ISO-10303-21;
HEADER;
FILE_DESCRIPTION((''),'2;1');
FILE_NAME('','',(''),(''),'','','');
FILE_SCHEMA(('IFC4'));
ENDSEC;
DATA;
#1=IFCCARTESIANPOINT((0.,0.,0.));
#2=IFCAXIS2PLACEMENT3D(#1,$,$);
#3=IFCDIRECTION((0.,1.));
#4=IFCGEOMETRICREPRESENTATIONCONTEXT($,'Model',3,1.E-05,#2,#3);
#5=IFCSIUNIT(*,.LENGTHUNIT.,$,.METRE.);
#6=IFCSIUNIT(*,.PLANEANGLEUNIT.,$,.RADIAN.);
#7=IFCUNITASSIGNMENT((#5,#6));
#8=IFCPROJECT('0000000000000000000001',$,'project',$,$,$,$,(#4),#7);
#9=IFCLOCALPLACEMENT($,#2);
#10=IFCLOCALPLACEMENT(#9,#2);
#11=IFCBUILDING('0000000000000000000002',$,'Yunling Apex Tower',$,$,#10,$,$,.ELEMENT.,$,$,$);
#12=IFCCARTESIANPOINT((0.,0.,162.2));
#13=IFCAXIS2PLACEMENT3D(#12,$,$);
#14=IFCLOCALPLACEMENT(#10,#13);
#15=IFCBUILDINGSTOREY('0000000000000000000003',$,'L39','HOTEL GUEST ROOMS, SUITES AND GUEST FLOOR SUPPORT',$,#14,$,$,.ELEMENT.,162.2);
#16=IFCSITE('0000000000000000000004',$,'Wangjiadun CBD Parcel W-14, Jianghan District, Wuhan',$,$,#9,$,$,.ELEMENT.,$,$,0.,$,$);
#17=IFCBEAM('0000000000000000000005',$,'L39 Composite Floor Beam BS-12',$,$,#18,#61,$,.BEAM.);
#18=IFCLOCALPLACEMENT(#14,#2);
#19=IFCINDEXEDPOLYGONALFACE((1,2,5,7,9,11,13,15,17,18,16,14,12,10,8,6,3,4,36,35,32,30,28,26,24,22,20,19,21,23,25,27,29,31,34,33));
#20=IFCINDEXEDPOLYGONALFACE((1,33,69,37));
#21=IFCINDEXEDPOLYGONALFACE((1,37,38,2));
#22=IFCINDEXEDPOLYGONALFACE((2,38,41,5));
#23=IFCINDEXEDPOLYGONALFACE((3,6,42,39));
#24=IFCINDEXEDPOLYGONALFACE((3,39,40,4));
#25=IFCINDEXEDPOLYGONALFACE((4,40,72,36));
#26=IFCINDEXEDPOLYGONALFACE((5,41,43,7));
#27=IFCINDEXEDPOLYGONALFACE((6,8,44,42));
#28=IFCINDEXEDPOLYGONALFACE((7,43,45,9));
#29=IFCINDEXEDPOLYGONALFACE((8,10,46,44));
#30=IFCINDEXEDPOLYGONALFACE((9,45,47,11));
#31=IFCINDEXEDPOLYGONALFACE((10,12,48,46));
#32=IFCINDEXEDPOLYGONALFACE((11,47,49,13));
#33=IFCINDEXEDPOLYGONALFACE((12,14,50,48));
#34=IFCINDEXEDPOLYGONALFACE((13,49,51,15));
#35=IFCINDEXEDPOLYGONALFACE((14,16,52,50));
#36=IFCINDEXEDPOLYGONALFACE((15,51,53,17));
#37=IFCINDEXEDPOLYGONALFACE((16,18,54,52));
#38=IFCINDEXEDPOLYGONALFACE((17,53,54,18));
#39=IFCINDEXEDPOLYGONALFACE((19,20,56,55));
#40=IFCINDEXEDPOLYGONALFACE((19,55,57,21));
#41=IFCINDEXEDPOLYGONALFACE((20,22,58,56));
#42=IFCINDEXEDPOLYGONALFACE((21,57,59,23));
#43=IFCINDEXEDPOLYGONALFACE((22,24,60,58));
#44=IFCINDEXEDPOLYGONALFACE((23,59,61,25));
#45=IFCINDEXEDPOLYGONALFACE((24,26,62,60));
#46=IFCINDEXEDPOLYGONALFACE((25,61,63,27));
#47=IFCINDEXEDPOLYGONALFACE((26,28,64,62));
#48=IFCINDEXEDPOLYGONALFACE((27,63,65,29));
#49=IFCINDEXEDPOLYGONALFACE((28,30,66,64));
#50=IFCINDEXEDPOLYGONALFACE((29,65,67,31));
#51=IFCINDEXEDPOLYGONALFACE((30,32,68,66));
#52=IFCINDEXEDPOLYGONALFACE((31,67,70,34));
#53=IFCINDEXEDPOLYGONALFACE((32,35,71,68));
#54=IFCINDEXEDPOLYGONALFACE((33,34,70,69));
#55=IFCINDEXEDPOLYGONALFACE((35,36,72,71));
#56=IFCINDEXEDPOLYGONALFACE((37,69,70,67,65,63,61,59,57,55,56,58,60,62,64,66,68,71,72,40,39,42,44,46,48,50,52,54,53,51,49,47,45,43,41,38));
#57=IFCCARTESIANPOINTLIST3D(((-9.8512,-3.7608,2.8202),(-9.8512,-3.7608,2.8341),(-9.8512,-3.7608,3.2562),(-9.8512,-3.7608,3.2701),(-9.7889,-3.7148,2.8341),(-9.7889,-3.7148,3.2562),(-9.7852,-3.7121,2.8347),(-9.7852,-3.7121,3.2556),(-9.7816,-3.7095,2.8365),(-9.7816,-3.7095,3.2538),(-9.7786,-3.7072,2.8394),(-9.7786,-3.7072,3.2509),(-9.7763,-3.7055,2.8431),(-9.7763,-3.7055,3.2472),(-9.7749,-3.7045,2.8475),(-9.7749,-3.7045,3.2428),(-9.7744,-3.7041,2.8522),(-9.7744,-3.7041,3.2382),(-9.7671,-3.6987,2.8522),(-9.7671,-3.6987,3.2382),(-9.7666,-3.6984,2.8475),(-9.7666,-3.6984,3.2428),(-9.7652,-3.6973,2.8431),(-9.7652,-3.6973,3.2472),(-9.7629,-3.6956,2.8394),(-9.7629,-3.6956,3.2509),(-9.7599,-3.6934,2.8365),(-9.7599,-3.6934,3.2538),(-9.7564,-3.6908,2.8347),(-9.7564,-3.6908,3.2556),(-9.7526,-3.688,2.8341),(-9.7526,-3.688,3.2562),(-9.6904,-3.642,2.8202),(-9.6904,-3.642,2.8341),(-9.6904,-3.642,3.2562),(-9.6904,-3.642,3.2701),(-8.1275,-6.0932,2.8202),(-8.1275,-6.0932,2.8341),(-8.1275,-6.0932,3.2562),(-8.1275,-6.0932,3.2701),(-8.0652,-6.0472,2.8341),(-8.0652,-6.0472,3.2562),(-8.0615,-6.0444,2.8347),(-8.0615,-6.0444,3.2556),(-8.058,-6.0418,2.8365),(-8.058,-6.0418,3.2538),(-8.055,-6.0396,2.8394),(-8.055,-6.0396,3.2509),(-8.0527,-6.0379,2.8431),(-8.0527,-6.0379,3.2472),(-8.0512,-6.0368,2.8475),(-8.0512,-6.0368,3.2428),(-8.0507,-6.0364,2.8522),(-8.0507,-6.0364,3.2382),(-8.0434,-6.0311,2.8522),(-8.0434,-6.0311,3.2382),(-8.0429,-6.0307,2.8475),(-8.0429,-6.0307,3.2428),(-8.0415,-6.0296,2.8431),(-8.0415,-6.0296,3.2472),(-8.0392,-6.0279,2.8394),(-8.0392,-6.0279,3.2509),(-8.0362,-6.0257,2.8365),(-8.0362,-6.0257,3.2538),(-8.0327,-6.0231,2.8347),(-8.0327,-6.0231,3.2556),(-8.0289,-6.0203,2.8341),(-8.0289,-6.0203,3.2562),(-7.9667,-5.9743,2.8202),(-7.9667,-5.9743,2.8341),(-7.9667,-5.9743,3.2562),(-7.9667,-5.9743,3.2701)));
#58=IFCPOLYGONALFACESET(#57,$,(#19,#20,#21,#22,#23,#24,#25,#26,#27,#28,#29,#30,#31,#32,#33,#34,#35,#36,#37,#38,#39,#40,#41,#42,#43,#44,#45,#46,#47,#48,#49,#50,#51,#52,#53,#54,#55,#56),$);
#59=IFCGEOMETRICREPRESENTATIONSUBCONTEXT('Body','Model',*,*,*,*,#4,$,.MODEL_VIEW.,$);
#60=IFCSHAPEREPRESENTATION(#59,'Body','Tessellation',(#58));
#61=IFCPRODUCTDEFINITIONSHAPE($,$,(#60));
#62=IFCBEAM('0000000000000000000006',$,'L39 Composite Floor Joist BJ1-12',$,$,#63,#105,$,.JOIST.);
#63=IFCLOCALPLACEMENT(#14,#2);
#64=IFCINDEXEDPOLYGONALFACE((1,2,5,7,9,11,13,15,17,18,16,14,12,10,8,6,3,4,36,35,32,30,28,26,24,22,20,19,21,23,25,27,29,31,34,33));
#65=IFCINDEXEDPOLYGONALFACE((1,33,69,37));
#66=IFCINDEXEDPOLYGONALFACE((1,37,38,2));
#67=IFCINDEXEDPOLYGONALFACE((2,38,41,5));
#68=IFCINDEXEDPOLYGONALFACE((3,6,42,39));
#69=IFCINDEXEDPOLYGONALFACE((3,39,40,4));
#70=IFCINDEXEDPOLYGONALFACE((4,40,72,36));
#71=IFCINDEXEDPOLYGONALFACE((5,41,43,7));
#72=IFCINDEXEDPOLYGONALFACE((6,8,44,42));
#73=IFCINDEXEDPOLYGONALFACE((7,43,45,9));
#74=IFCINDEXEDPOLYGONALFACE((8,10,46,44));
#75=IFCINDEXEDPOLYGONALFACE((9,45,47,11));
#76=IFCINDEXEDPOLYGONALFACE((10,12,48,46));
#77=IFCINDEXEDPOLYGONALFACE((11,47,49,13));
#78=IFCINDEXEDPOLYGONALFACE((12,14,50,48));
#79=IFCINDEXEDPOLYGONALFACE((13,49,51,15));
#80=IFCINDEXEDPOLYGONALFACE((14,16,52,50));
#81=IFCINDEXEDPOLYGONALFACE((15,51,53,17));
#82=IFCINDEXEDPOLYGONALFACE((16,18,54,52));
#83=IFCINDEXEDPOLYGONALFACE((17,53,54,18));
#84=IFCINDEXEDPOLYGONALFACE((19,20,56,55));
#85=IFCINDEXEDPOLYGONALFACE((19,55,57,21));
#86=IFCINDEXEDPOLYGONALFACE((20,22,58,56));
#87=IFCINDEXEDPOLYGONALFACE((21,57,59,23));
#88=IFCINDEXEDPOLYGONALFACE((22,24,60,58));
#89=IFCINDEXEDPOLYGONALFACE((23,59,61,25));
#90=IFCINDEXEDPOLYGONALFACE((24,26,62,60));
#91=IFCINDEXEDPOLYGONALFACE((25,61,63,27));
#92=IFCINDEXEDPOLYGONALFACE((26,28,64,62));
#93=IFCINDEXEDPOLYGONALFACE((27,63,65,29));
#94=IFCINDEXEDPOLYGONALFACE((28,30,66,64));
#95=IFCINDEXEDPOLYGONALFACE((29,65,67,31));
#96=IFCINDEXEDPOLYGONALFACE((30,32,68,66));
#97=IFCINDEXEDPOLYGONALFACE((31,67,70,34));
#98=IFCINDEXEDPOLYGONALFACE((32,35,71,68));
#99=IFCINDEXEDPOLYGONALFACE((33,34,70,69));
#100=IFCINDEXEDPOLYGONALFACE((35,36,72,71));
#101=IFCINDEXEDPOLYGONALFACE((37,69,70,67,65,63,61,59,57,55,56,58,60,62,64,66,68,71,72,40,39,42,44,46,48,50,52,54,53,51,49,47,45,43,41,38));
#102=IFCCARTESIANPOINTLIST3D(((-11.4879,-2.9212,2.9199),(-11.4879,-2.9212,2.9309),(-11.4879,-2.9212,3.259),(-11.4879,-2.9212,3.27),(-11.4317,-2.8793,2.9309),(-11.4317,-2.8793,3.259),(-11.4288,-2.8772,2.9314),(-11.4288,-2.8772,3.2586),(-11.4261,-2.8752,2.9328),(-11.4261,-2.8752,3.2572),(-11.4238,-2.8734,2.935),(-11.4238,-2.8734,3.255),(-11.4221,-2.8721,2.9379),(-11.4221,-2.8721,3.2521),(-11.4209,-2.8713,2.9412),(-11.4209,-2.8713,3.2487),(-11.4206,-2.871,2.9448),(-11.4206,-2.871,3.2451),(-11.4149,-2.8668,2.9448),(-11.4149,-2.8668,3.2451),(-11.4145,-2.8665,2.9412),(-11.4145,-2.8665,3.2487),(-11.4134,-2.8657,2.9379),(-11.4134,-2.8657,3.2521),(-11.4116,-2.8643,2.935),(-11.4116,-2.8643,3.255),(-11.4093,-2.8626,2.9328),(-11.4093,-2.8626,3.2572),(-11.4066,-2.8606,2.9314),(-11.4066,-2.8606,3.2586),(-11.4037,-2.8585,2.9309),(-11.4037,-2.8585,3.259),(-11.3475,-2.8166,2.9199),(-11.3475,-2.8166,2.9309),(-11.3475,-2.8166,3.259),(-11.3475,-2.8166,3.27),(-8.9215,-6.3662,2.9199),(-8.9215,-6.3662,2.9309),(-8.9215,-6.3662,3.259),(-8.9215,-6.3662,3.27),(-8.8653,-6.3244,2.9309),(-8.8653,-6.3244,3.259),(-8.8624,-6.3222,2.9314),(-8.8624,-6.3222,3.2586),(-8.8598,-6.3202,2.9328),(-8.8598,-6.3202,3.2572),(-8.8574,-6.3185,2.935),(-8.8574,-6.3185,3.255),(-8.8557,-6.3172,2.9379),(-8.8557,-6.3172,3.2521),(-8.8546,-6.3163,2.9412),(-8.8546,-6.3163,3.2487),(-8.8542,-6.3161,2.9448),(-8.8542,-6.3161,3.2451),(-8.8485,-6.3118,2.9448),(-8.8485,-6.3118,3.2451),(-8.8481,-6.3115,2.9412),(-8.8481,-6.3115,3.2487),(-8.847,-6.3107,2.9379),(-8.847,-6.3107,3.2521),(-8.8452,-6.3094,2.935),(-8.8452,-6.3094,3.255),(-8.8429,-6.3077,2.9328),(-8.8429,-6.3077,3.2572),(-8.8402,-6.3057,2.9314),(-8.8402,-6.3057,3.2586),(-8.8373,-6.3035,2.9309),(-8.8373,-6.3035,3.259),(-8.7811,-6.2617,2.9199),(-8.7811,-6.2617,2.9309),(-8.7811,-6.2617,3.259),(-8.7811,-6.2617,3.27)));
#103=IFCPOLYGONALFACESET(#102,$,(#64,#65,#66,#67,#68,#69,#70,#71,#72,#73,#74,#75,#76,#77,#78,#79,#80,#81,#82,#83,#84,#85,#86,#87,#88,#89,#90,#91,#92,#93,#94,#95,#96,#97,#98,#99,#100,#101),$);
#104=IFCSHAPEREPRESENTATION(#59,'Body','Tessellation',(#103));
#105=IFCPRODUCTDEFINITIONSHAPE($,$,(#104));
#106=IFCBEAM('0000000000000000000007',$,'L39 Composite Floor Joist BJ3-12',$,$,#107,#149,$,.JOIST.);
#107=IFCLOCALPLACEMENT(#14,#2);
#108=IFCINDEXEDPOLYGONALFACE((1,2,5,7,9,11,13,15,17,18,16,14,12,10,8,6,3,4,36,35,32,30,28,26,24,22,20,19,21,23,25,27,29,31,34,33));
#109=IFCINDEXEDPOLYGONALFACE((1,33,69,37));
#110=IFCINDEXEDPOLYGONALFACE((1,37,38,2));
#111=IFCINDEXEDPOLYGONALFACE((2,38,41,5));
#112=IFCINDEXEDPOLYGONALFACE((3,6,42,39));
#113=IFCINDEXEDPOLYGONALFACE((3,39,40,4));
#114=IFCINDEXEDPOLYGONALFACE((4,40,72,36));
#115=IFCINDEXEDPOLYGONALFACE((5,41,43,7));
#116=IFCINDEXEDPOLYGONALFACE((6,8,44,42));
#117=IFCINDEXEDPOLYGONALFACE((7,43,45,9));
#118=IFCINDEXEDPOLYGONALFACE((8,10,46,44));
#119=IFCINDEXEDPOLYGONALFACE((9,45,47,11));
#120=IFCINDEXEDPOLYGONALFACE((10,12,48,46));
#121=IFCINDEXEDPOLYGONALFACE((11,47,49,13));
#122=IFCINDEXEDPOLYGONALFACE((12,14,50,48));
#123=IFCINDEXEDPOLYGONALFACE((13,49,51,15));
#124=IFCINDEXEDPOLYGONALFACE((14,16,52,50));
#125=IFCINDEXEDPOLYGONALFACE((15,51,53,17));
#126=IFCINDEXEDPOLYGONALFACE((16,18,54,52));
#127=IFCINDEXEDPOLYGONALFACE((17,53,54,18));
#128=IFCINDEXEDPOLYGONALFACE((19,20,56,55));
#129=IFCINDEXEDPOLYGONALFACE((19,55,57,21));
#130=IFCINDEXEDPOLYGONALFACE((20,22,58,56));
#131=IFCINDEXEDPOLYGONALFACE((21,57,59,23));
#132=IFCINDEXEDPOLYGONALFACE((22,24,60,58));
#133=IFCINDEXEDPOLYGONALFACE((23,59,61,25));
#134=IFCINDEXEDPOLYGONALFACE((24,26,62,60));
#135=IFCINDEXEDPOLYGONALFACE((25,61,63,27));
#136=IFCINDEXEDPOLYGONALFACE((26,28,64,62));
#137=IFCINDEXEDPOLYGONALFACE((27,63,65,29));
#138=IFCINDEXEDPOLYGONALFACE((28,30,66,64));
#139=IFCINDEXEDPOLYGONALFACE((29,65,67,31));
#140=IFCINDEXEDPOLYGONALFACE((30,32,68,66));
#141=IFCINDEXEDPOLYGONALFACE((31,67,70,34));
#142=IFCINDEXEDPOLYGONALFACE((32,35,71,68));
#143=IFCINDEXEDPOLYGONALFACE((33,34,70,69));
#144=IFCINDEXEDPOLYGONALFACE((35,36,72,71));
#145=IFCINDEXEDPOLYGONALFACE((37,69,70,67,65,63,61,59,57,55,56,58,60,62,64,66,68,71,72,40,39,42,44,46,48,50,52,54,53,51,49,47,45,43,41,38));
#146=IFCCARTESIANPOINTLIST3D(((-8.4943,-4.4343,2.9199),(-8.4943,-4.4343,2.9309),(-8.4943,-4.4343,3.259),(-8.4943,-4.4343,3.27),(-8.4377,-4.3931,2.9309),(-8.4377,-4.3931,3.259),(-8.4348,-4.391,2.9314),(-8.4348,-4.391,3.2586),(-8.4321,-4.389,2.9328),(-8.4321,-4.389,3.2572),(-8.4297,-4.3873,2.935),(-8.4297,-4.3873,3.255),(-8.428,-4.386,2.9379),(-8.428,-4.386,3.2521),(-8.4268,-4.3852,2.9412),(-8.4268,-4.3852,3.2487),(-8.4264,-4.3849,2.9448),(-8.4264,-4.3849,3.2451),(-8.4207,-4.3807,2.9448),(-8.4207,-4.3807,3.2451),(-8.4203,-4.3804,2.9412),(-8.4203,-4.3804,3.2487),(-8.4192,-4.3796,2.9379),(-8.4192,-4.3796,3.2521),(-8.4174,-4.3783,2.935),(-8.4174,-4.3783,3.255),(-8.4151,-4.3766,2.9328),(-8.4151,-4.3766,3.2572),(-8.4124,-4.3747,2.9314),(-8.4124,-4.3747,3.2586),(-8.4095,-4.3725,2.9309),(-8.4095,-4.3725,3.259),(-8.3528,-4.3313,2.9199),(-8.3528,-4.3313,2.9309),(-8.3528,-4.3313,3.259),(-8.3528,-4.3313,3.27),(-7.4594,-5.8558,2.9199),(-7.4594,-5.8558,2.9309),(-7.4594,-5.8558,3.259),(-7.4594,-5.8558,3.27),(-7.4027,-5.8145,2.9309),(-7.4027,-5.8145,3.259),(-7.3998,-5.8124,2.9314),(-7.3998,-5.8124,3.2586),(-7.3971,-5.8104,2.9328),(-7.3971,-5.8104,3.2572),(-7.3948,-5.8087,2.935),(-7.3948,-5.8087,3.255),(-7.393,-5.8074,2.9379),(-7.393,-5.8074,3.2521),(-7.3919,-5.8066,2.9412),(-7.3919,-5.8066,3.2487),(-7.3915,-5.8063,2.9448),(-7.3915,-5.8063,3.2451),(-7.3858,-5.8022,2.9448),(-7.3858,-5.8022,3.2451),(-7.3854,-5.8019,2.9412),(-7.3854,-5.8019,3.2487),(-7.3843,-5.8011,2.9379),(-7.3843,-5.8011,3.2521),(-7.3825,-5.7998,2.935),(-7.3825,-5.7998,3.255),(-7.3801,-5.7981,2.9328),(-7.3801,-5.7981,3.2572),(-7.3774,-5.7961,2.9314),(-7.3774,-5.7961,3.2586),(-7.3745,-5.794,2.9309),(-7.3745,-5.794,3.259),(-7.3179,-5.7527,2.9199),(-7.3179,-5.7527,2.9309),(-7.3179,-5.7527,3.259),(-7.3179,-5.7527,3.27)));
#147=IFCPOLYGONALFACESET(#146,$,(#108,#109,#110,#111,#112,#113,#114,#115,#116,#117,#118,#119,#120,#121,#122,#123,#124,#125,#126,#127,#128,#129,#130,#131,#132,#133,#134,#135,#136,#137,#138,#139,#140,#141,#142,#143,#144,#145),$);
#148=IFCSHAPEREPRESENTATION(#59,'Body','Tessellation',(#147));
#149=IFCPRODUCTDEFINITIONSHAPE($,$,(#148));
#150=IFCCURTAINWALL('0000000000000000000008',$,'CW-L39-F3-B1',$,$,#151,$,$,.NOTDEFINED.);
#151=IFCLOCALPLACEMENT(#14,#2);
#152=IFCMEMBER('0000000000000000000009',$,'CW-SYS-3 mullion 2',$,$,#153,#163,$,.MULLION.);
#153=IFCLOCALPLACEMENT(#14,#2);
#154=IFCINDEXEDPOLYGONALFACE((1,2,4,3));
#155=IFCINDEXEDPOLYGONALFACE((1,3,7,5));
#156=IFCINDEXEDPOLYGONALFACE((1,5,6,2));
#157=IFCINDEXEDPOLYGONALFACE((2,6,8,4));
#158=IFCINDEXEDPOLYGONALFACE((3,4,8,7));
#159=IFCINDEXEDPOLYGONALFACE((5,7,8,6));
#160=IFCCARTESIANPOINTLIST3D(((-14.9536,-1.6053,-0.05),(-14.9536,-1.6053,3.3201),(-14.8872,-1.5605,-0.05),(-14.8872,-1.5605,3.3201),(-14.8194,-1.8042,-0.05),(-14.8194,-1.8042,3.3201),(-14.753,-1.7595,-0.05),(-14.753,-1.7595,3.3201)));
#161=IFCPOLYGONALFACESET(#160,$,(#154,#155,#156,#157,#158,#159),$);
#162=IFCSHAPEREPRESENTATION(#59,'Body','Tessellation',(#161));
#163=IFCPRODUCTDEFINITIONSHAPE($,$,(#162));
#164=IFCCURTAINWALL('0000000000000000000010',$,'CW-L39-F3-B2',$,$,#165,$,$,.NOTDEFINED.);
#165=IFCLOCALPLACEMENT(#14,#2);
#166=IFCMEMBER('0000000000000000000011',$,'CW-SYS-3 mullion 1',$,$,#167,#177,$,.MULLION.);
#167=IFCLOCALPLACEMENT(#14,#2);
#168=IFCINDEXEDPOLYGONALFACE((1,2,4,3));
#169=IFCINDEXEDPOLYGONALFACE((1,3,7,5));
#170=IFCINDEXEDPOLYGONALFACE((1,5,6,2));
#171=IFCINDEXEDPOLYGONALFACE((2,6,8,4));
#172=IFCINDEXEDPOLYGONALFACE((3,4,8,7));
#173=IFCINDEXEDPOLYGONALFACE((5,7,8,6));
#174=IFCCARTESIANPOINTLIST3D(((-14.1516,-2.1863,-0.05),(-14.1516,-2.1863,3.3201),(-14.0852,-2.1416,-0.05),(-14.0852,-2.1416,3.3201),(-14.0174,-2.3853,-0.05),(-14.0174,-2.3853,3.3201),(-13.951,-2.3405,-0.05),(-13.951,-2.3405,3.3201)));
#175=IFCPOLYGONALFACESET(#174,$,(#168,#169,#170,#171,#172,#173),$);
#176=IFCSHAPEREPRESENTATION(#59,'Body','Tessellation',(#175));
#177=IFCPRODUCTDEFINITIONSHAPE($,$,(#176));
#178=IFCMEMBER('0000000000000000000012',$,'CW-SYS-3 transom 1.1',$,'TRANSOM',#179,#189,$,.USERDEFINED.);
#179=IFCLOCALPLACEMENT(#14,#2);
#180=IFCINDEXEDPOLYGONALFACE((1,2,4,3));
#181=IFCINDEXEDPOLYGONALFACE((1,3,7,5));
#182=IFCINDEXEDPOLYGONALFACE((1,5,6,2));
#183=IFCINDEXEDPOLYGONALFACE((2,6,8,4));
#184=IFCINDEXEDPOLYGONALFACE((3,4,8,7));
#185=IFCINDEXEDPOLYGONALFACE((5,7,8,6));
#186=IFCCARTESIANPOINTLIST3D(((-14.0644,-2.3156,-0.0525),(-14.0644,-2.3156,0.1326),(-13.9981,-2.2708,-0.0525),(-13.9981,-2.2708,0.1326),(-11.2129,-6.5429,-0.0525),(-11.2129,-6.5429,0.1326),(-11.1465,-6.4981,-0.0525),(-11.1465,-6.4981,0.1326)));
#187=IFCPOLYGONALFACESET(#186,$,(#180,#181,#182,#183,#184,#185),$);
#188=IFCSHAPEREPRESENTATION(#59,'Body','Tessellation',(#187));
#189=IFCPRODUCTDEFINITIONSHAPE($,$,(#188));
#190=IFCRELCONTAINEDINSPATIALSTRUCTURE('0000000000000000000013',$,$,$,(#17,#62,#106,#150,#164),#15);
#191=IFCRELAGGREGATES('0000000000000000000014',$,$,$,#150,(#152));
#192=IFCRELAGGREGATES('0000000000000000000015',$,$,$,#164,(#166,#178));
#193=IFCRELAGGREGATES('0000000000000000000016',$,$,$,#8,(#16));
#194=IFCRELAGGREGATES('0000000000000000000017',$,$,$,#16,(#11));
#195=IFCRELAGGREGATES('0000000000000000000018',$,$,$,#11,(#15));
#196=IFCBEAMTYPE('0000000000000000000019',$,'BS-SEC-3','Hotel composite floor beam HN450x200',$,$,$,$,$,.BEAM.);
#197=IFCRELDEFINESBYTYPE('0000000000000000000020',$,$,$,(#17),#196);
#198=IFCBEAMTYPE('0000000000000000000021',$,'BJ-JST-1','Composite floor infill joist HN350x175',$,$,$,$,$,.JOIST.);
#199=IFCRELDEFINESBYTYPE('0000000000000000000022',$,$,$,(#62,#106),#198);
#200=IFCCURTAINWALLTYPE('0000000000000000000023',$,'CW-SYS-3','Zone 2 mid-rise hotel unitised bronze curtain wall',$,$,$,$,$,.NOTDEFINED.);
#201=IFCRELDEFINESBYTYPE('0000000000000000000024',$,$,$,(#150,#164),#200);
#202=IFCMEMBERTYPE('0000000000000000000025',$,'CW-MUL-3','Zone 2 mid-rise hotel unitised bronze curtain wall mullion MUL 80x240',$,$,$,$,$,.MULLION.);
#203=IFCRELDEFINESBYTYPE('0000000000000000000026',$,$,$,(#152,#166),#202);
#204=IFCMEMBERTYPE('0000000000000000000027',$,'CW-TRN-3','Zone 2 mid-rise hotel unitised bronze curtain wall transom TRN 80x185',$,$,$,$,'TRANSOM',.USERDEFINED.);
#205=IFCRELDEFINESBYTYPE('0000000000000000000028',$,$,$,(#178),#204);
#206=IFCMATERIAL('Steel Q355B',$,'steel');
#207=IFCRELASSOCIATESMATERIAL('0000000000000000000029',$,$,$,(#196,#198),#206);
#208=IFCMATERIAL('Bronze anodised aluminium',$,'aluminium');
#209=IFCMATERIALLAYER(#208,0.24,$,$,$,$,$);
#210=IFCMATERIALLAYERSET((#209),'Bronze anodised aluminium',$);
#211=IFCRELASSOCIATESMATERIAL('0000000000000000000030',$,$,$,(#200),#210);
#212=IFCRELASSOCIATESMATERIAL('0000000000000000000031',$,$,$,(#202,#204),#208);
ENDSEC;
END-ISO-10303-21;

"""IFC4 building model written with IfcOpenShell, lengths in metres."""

from ifc_helpers import new_model, si_unit, direction, frame, origin, origin_2d, place, context, subcontext, project, spatial, rectangle, i_section, extrude, source, transform, mapped, material, layer, layer_set, material_profile, profile_set, type_object, element, aggregate, save


model = new_model("IFC4")

# Units and contexts
model_context = context("Model", 3, precision=1e-05, world=origin(), true_north=direction((0.0, 1.0)))
body_context = subcontext(model_context, "Body", "Model", "MODEL_VIEW")
ifc_project = project(units=[si_unit("LENGTHUNIT", "METRE"), si_unit("PLANEANGLEUNIT", "RADIAN")], contexts=[model_context])

# Site, building, storey
site_placement = place(None, origin())
site = spatial("IfcSite", under=ifc_project, at=site_placement, Name="Wangjiadun CBD Parcel W-14, Jianghan District, Wuhan", CompositionType="ELEMENT", RefElevation=0.0)
building_placement = place(site_placement, origin())
building = spatial("IfcBuilding", under=site, at=building_placement, Name="Yunling Apex Tower", CompositionType="ELEMENT")
storey_placement = place(building_placement, frame((0.0, 0.0, 162.2)))
storey = spatial("IfcBuildingStorey", under=building, at=storey_placement, Name="L39", Description="HOTEL GUEST ROOMS, SUITES AND GUEST FLOOR SUPPORT", CompositionType="ELEMENT", Elevation=162.2)

# Beams
ifc_material_1 = material(Name="Steel Q355B", Category="steel")
ifc_material_profile_1 = material_profile(ifc_material_1, i_section(OverallWidth=0.2, OverallDepth=0.45, WebThickness=0.009, FlangeThickness=0.0139, FilletRadius=0.0181, at=origin_2d()))
ifc_profile_set_1 = profile_set([ifc_material_profile_1], Name="Steel Q355B")
beam_type_1 = type_object("IfcBeamType", Name="BS-SEC-3", Description="Hotel composite floor beam HN450x200", PredefinedType="BEAM", material=ifc_profile_set_1)
shared_shape_1 = source(origin(), body_context, "Body", "SweptSolid", [
    extrude(i_section(OverallWidth=0.2, OverallDepth=0.45, WebThickness=0.009, FlangeThickness=0.0139, FilletRadius=0.0181, at=origin_2d()), origin(), (0.0, 0.0, 1.0), 2.9001),
])
beam_1_placement = place(storey_placement, frame((-9.7708, -3.7014, 3.0452), z_axis=(0.594341, -0.804213, 0.0), x_axis=(0.804213, 0.594341, 0.0)))
element("IfcBeam", 1, at=beam_1_placement, inside=storey, type_object=beam_type_1, Name="L39 Composite Floor Beam BS-12", PredefinedType="BEAM", context=body_context, shape_type="MappedRepresentation", body=[
    mapped(shared_shape_1, transform((0.0, 0.0, 0.0), scale=1.0)),
])
ifc_material_profile_2 = material_profile(ifc_material_1, i_section(OverallWidth=0.175, OverallDepth=0.3501, WebThickness=0.0071, FlangeThickness=0.011, FilletRadius=0.0139, at=origin_2d()))
ifc_profile_set_2 = profile_set([ifc_material_profile_2], Name="Steel Q355B")
beam_type_2 = type_object("IfcBeamType", Name="BJ-JST-1", Description="Composite floor infill joist HN350x175", PredefinedType="JOIST", material=ifc_profile_set_2)
shared_shape_2 = source(origin(), body_context, "Body", "SweptSolid", [
    extrude(i_section(OverallWidth=0.175, OverallDepth=0.3501, WebThickness=0.0071, FlangeThickness=0.011, FilletRadius=0.0139, at=origin_2d()), origin(), (0.0, 0.0, 1.0), 4.2959),
])
beam_2_placement = place(storey_placement, frame((-11.4177, -2.8689, 3.095), z_axis=(0.597405, -0.801939, 0.0), x_axis=(0.801939, 0.597405, 0.0)))
element("IfcBeam", 2, at=beam_2_placement, inside=storey, type_object=beam_type_2, Name="L39 Composite Floor Joist BJ1-12", PredefinedType="JOIST", context=body_context, shape_type="MappedRepresentation", body=[
    mapped(shared_shape_2, transform((0.0, 0.0, 0.0), scale=1.0)),
])
shared_shape_3 = source(origin(), body_context, "Body", "SweptSolid", [
    extrude(i_section(OverallWidth=0.175, OverallDepth=0.3501, WebThickness=0.0071, FlangeThickness=0.011, FilletRadius=0.0139, at=origin_2d()), origin(), (0.0, 0.0, 1.0), 1.7583),
])
beam_3_placement = place(storey_placement, frame((-8.4236, -4.3828, 3.095), z_axis=(0.588609, -0.808418, 0.0), x_axis=(0.808418, 0.588609, 0.0)))
element("IfcBeam", 3, at=beam_3_placement, inside=storey, type_object=beam_type_2, Name="L39 Composite Floor Joist BJ3-12", PredefinedType="JOIST", context=body_context, shape_type="MappedRepresentation", body=[
    mapped(shared_shape_3, transform((0.0, 0.0, 0.0), scale=1.0)),
])

# Curtain wall, member
ifc_material_2 = material(Name="Bronze anodised aluminium", Category="aluminium")
ifc_layer_1 = layer(ifc_material_2, 0.24)
ifc_layer_set_1 = layer_set([ifc_layer_1], Name="Bronze anodised aluminium")
curtain_wall_type = type_object("IfcCurtainWallType", Name="CW-SYS-3", Description="Zone 2 mid-rise hotel unitised bronze curtain wall", PredefinedType="NOTDEFINED", material=ifc_layer_set_1)
curtain_wall_1_placement = place(storey_placement, origin())
curtain_wall_1 = element("IfcCurtainWall", 4, at=curtain_wall_1_placement, inside=storey, type_object=curtain_wall_type, Name="CW-L39-F3-B1", PredefinedType="NOTDEFINED")
ifc_material_profile_3 = material_profile(ifc_material_2, rectangle(XDim=0.0801, YDim=0.24, at=origin_2d()))
ifc_profile_set_3 = profile_set([ifc_material_profile_3], Name="Bronze anodised aluminium")
member_type_1 = type_object("IfcMemberType", Name="CW-MUL-3", Description="Zone 2 mid-rise hotel unitised bronze curtain wall mullion MUL 80x240", PredefinedType="MULLION", material=ifc_profile_set_3)
shared_shape_4 = source(origin(), body_context, "Body", "SweptSolid", [
    extrude(rectangle(XDim=0.0801, YDim=0.24, at=origin_2d()), origin(), (0.0, 0.0, 1.0), 3.3701),
])
member_1_placement = place(storey_placement, frame((-14.8533, -1.6824, -0.05), z_axis=(0.0, 0.0, 1.0), x_axis=(0.829045, 0.559181, 0.0)))
member_1 = element("IfcMember", 5, at=member_1_placement, type_object=member_type_1, Name="CW-SYS-3 mullion 2", PredefinedType="MULLION", context=body_context, shape_type="MappedRepresentation", body=[
    mapped(shared_shape_4, transform((0.0, 0.0, 0.0), scale=1.0)),
])
aggregate(curtain_wall_1, [member_1])

# Curtain wall, members
curtain_wall_2_placement = place(storey_placement, origin())
curtain_wall_2 = element("IfcCurtainWall", 6, at=curtain_wall_2_placement, inside=storey, type_object=curtain_wall_type, Name="CW-L39-F3-B2", PredefinedType="NOTDEFINED")
member_2_placement = place(storey_placement, frame((-14.0513, -2.2634, -0.05), z_axis=(0.0, 0.0, 1.0), x_axis=(0.829026, 0.55921, 0.0)))
member_2 = element("IfcMember", 7, at=member_2_placement, type_object=member_type_1, Name="CW-SYS-3 mullion 1", PredefinedType="MULLION", context=body_context, shape_type="MappedRepresentation", body=[
    mapped(shared_shape_4, transform((0.0, 0.0, 0.0), scale=1.0)),
])
ifc_material_profile_4 = material_profile(ifc_material_2, rectangle(XDim=0.0801, YDim=0.1851, at=origin_2d()))
ifc_profile_set_4 = profile_set([ifc_material_profile_4], Name="Bronze anodised aluminium")
member_type_2 = type_object("IfcMemberType", Name="CW-TRN-3", Description="Zone 2 mid-rise hotel unitised bronze curtain wall transom TRN 80x185", ElementType="TRANSOM", PredefinedType="USERDEFINED", material=ifc_profile_set_4)
shared_shape_5 = source(origin(), body_context, "Body", "SweptSolid", [
    extrude(rectangle(XDim=0.0801, YDim=0.1851, at=origin_2d()), origin(), (0.0, 0.0, 1.0), 5.0991),
])
member_3_placement = place(storey_placement, frame((-14.0312, -2.2932, 0.04), z_axis=(0.559222, -0.829018, 0.0), x_axis=(0.829018, 0.559222, 0.0)))
member_3 = element("IfcMember", 8, at=member_3_placement, type_object=member_type_2, Name="CW-SYS-3 transom 1.1", ObjectType="TRANSOM", PredefinedType="USERDEFINED", context=body_context, shape_type="MappedRepresentation", body=[
    mapped(shared_shape_5, transform((0.0, 0.0, 0.0), scale=1.0)),
])
aggregate(curtain_wall_2, [member_2, member_3])

save(model, "model.ifc")
